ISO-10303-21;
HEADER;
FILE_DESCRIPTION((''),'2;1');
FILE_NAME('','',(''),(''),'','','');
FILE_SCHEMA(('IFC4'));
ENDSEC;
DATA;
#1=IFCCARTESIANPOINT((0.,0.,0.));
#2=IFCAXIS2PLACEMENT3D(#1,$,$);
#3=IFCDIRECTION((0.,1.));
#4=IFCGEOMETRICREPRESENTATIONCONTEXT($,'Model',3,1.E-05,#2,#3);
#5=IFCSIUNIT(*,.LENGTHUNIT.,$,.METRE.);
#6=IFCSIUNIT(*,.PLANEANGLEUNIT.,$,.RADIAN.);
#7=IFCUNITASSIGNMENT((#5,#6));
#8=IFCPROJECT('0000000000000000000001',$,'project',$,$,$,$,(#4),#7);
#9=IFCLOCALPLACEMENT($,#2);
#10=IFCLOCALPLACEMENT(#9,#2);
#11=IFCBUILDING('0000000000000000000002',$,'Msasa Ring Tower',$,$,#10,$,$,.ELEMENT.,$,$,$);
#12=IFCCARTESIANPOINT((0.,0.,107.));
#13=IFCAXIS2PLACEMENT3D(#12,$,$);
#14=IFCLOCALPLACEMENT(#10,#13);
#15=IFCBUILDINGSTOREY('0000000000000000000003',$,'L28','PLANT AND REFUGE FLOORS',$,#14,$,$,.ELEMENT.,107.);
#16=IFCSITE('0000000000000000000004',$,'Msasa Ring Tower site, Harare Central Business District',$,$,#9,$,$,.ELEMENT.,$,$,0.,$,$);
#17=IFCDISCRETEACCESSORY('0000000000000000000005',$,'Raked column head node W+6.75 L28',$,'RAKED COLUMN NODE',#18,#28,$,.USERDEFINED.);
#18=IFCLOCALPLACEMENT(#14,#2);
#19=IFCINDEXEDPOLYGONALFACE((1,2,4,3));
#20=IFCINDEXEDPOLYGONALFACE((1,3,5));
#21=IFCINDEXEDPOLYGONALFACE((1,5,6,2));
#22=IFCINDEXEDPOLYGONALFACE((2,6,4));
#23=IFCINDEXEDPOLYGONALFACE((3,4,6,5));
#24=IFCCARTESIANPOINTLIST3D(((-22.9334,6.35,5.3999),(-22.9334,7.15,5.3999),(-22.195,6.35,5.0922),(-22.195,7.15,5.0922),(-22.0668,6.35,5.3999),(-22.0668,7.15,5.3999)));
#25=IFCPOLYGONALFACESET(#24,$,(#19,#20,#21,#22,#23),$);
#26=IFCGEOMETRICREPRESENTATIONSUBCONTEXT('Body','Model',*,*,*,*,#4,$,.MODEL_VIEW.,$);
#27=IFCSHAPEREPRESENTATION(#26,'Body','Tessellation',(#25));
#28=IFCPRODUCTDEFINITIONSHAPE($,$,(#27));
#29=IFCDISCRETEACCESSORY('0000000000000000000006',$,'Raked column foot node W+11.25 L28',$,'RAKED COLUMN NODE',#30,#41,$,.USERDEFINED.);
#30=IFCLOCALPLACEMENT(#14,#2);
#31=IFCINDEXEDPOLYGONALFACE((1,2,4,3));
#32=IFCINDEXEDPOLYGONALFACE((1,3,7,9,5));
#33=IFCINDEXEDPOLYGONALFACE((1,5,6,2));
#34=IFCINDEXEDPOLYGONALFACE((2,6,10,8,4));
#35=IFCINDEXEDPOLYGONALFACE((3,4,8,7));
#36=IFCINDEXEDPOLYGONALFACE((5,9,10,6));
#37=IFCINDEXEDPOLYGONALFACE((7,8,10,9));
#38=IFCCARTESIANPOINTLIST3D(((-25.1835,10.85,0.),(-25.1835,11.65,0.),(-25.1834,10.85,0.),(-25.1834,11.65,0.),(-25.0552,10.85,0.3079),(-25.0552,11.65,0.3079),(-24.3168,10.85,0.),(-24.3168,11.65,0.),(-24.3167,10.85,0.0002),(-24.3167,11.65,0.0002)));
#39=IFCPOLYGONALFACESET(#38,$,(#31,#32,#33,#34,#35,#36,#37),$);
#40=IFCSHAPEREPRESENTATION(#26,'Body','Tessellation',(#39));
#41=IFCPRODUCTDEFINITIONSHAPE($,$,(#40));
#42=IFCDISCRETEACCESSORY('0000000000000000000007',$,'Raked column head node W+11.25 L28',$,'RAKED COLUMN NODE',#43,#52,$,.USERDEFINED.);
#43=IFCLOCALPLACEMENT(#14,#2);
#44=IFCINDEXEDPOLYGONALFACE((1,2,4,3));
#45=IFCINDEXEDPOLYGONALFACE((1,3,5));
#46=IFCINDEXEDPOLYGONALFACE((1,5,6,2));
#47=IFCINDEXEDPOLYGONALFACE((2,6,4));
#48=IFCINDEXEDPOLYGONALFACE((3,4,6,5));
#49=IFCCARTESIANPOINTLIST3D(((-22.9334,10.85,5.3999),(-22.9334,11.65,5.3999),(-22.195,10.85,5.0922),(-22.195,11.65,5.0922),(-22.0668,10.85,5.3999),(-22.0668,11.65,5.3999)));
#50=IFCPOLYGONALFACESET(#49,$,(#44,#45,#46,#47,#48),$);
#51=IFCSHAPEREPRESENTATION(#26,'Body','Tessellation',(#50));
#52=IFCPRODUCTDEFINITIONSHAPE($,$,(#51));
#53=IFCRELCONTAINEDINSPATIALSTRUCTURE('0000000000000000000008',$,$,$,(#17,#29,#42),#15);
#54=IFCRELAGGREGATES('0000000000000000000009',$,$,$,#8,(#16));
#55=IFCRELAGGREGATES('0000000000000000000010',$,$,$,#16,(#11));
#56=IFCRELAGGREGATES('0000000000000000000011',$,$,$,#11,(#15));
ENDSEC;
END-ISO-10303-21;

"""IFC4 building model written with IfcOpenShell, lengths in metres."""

from ifc_helpers import new_model, si_unit, direction, frame, origin, origin_2d, place, context, subcontext, project, spatial, rectangle, extrude, clip, halfspace, element, save


model = new_model("IFC4")

# Units and contexts
model_context = context("Model", 3, precision=1e-05, world=origin(), true_north=direction((0.0, 1.0)))
body_context = subcontext(model_context, "Body", "Model", "MODEL_VIEW")
ifc_project = project(units=[si_unit("LENGTHUNIT", "METRE"), si_unit("PLANEANGLEUNIT", "RADIAN")], contexts=[model_context])

# Site, building, storey
site_placement = place(None, origin())
site = spatial("IfcSite", under=ifc_project, at=site_placement, Name="Msasa Ring Tower site, Harare Central Business District", CompositionType="ELEMENT", RefElevation=0.0)
building_placement = place(site_placement, origin())
building = spatial("IfcBuilding", under=site, at=building_placement, Name="Msasa Ring Tower", CompositionType="ELEMENT")
storey_placement = place(building_placement, frame((0.0, 0.0, 107.0)))
storey = spatial("IfcBuildingStorey", under=building, at=storey_placement, Name="L28", Description="PLANT AND REFUGE FLOORS", CompositionType="ELEMENT", Elevation=107.0)

# Discrete accessories
discrete_accessory_1_placement = place(storey_placement, frame((-22.5, 6.75, 5.3999)))
element("IfcDiscreteAccessory", 1, at=discrete_accessory_1_placement, inside=storey, Name="Raked column head node W+6.75 L28", ObjectType="RAKED COLUMN NODE", PredefinedType="USERDEFINED", context=body_context, shape_type="Clipping", body=[
    clip(extrude(rectangle(XDim=0.8, YDim=0.8, at=origin_2d()), frame((-0.0642, 0.0, -0.1538), z_axis=(0.384615, 0.0, 0.923077), x_axis=(0.0, 1.0, 0.0)), (0.0, 0.0, 1.0), 0.3335), halfspace(frame((0.0, 0.0, 0.0), z_axis=(0.0, 0.0, -1.0)), True)),
])
discrete_accessory_2_placement = place(storey_placement, frame((-24.75, 11.25, 0.0)))
element("IfcDiscreteAccessory", 2, at=discrete_accessory_2_placement, inside=storey, Name="Raked column foot node W+11.25 L28", ObjectType="RAKED COLUMN NODE", PredefinedType="USERDEFINED", context=body_context, shape_type="Clipping", body=[
    clip(extrude(rectangle(XDim=0.8, YDim=0.8, at=origin_2d()), frame((-0.0642, 0.0, -0.1538), z_axis=(0.384615, 0.0, 0.923077), x_axis=(0.0, 1.0, 0.0)), (0.0, 0.0, 1.0), 0.3335), halfspace(frame((0.0, 0.0, 0.0), z_axis=(0.0, 0.0, 1.0)), True)),
])
discrete_accessory_3_placement = place(storey_placement, frame((-22.5, 11.25, 5.3999)))
element("IfcDiscreteAccessory", 3, at=discrete_accessory_3_placement, inside=storey, Name="Raked column head node W+11.25 L28", ObjectType="RAKED COLUMN NODE", PredefinedType="USERDEFINED", context=body_context, shape_type="Clipping", body=[
    clip(extrude(rectangle(XDim=0.8, YDim=0.8, at=origin_2d()), frame((-0.0642, 0.0, -0.1538), z_axis=(0.384615, 0.0, 0.923077), x_axis=(0.0, 1.0, 0.0)), (0.0, 0.0, 1.0), 0.3335), halfspace(frame((0.0, 0.0, 0.0), z_axis=(0.0, 0.0, -1.0)), True)),
])

save(model, "model.ifc")
